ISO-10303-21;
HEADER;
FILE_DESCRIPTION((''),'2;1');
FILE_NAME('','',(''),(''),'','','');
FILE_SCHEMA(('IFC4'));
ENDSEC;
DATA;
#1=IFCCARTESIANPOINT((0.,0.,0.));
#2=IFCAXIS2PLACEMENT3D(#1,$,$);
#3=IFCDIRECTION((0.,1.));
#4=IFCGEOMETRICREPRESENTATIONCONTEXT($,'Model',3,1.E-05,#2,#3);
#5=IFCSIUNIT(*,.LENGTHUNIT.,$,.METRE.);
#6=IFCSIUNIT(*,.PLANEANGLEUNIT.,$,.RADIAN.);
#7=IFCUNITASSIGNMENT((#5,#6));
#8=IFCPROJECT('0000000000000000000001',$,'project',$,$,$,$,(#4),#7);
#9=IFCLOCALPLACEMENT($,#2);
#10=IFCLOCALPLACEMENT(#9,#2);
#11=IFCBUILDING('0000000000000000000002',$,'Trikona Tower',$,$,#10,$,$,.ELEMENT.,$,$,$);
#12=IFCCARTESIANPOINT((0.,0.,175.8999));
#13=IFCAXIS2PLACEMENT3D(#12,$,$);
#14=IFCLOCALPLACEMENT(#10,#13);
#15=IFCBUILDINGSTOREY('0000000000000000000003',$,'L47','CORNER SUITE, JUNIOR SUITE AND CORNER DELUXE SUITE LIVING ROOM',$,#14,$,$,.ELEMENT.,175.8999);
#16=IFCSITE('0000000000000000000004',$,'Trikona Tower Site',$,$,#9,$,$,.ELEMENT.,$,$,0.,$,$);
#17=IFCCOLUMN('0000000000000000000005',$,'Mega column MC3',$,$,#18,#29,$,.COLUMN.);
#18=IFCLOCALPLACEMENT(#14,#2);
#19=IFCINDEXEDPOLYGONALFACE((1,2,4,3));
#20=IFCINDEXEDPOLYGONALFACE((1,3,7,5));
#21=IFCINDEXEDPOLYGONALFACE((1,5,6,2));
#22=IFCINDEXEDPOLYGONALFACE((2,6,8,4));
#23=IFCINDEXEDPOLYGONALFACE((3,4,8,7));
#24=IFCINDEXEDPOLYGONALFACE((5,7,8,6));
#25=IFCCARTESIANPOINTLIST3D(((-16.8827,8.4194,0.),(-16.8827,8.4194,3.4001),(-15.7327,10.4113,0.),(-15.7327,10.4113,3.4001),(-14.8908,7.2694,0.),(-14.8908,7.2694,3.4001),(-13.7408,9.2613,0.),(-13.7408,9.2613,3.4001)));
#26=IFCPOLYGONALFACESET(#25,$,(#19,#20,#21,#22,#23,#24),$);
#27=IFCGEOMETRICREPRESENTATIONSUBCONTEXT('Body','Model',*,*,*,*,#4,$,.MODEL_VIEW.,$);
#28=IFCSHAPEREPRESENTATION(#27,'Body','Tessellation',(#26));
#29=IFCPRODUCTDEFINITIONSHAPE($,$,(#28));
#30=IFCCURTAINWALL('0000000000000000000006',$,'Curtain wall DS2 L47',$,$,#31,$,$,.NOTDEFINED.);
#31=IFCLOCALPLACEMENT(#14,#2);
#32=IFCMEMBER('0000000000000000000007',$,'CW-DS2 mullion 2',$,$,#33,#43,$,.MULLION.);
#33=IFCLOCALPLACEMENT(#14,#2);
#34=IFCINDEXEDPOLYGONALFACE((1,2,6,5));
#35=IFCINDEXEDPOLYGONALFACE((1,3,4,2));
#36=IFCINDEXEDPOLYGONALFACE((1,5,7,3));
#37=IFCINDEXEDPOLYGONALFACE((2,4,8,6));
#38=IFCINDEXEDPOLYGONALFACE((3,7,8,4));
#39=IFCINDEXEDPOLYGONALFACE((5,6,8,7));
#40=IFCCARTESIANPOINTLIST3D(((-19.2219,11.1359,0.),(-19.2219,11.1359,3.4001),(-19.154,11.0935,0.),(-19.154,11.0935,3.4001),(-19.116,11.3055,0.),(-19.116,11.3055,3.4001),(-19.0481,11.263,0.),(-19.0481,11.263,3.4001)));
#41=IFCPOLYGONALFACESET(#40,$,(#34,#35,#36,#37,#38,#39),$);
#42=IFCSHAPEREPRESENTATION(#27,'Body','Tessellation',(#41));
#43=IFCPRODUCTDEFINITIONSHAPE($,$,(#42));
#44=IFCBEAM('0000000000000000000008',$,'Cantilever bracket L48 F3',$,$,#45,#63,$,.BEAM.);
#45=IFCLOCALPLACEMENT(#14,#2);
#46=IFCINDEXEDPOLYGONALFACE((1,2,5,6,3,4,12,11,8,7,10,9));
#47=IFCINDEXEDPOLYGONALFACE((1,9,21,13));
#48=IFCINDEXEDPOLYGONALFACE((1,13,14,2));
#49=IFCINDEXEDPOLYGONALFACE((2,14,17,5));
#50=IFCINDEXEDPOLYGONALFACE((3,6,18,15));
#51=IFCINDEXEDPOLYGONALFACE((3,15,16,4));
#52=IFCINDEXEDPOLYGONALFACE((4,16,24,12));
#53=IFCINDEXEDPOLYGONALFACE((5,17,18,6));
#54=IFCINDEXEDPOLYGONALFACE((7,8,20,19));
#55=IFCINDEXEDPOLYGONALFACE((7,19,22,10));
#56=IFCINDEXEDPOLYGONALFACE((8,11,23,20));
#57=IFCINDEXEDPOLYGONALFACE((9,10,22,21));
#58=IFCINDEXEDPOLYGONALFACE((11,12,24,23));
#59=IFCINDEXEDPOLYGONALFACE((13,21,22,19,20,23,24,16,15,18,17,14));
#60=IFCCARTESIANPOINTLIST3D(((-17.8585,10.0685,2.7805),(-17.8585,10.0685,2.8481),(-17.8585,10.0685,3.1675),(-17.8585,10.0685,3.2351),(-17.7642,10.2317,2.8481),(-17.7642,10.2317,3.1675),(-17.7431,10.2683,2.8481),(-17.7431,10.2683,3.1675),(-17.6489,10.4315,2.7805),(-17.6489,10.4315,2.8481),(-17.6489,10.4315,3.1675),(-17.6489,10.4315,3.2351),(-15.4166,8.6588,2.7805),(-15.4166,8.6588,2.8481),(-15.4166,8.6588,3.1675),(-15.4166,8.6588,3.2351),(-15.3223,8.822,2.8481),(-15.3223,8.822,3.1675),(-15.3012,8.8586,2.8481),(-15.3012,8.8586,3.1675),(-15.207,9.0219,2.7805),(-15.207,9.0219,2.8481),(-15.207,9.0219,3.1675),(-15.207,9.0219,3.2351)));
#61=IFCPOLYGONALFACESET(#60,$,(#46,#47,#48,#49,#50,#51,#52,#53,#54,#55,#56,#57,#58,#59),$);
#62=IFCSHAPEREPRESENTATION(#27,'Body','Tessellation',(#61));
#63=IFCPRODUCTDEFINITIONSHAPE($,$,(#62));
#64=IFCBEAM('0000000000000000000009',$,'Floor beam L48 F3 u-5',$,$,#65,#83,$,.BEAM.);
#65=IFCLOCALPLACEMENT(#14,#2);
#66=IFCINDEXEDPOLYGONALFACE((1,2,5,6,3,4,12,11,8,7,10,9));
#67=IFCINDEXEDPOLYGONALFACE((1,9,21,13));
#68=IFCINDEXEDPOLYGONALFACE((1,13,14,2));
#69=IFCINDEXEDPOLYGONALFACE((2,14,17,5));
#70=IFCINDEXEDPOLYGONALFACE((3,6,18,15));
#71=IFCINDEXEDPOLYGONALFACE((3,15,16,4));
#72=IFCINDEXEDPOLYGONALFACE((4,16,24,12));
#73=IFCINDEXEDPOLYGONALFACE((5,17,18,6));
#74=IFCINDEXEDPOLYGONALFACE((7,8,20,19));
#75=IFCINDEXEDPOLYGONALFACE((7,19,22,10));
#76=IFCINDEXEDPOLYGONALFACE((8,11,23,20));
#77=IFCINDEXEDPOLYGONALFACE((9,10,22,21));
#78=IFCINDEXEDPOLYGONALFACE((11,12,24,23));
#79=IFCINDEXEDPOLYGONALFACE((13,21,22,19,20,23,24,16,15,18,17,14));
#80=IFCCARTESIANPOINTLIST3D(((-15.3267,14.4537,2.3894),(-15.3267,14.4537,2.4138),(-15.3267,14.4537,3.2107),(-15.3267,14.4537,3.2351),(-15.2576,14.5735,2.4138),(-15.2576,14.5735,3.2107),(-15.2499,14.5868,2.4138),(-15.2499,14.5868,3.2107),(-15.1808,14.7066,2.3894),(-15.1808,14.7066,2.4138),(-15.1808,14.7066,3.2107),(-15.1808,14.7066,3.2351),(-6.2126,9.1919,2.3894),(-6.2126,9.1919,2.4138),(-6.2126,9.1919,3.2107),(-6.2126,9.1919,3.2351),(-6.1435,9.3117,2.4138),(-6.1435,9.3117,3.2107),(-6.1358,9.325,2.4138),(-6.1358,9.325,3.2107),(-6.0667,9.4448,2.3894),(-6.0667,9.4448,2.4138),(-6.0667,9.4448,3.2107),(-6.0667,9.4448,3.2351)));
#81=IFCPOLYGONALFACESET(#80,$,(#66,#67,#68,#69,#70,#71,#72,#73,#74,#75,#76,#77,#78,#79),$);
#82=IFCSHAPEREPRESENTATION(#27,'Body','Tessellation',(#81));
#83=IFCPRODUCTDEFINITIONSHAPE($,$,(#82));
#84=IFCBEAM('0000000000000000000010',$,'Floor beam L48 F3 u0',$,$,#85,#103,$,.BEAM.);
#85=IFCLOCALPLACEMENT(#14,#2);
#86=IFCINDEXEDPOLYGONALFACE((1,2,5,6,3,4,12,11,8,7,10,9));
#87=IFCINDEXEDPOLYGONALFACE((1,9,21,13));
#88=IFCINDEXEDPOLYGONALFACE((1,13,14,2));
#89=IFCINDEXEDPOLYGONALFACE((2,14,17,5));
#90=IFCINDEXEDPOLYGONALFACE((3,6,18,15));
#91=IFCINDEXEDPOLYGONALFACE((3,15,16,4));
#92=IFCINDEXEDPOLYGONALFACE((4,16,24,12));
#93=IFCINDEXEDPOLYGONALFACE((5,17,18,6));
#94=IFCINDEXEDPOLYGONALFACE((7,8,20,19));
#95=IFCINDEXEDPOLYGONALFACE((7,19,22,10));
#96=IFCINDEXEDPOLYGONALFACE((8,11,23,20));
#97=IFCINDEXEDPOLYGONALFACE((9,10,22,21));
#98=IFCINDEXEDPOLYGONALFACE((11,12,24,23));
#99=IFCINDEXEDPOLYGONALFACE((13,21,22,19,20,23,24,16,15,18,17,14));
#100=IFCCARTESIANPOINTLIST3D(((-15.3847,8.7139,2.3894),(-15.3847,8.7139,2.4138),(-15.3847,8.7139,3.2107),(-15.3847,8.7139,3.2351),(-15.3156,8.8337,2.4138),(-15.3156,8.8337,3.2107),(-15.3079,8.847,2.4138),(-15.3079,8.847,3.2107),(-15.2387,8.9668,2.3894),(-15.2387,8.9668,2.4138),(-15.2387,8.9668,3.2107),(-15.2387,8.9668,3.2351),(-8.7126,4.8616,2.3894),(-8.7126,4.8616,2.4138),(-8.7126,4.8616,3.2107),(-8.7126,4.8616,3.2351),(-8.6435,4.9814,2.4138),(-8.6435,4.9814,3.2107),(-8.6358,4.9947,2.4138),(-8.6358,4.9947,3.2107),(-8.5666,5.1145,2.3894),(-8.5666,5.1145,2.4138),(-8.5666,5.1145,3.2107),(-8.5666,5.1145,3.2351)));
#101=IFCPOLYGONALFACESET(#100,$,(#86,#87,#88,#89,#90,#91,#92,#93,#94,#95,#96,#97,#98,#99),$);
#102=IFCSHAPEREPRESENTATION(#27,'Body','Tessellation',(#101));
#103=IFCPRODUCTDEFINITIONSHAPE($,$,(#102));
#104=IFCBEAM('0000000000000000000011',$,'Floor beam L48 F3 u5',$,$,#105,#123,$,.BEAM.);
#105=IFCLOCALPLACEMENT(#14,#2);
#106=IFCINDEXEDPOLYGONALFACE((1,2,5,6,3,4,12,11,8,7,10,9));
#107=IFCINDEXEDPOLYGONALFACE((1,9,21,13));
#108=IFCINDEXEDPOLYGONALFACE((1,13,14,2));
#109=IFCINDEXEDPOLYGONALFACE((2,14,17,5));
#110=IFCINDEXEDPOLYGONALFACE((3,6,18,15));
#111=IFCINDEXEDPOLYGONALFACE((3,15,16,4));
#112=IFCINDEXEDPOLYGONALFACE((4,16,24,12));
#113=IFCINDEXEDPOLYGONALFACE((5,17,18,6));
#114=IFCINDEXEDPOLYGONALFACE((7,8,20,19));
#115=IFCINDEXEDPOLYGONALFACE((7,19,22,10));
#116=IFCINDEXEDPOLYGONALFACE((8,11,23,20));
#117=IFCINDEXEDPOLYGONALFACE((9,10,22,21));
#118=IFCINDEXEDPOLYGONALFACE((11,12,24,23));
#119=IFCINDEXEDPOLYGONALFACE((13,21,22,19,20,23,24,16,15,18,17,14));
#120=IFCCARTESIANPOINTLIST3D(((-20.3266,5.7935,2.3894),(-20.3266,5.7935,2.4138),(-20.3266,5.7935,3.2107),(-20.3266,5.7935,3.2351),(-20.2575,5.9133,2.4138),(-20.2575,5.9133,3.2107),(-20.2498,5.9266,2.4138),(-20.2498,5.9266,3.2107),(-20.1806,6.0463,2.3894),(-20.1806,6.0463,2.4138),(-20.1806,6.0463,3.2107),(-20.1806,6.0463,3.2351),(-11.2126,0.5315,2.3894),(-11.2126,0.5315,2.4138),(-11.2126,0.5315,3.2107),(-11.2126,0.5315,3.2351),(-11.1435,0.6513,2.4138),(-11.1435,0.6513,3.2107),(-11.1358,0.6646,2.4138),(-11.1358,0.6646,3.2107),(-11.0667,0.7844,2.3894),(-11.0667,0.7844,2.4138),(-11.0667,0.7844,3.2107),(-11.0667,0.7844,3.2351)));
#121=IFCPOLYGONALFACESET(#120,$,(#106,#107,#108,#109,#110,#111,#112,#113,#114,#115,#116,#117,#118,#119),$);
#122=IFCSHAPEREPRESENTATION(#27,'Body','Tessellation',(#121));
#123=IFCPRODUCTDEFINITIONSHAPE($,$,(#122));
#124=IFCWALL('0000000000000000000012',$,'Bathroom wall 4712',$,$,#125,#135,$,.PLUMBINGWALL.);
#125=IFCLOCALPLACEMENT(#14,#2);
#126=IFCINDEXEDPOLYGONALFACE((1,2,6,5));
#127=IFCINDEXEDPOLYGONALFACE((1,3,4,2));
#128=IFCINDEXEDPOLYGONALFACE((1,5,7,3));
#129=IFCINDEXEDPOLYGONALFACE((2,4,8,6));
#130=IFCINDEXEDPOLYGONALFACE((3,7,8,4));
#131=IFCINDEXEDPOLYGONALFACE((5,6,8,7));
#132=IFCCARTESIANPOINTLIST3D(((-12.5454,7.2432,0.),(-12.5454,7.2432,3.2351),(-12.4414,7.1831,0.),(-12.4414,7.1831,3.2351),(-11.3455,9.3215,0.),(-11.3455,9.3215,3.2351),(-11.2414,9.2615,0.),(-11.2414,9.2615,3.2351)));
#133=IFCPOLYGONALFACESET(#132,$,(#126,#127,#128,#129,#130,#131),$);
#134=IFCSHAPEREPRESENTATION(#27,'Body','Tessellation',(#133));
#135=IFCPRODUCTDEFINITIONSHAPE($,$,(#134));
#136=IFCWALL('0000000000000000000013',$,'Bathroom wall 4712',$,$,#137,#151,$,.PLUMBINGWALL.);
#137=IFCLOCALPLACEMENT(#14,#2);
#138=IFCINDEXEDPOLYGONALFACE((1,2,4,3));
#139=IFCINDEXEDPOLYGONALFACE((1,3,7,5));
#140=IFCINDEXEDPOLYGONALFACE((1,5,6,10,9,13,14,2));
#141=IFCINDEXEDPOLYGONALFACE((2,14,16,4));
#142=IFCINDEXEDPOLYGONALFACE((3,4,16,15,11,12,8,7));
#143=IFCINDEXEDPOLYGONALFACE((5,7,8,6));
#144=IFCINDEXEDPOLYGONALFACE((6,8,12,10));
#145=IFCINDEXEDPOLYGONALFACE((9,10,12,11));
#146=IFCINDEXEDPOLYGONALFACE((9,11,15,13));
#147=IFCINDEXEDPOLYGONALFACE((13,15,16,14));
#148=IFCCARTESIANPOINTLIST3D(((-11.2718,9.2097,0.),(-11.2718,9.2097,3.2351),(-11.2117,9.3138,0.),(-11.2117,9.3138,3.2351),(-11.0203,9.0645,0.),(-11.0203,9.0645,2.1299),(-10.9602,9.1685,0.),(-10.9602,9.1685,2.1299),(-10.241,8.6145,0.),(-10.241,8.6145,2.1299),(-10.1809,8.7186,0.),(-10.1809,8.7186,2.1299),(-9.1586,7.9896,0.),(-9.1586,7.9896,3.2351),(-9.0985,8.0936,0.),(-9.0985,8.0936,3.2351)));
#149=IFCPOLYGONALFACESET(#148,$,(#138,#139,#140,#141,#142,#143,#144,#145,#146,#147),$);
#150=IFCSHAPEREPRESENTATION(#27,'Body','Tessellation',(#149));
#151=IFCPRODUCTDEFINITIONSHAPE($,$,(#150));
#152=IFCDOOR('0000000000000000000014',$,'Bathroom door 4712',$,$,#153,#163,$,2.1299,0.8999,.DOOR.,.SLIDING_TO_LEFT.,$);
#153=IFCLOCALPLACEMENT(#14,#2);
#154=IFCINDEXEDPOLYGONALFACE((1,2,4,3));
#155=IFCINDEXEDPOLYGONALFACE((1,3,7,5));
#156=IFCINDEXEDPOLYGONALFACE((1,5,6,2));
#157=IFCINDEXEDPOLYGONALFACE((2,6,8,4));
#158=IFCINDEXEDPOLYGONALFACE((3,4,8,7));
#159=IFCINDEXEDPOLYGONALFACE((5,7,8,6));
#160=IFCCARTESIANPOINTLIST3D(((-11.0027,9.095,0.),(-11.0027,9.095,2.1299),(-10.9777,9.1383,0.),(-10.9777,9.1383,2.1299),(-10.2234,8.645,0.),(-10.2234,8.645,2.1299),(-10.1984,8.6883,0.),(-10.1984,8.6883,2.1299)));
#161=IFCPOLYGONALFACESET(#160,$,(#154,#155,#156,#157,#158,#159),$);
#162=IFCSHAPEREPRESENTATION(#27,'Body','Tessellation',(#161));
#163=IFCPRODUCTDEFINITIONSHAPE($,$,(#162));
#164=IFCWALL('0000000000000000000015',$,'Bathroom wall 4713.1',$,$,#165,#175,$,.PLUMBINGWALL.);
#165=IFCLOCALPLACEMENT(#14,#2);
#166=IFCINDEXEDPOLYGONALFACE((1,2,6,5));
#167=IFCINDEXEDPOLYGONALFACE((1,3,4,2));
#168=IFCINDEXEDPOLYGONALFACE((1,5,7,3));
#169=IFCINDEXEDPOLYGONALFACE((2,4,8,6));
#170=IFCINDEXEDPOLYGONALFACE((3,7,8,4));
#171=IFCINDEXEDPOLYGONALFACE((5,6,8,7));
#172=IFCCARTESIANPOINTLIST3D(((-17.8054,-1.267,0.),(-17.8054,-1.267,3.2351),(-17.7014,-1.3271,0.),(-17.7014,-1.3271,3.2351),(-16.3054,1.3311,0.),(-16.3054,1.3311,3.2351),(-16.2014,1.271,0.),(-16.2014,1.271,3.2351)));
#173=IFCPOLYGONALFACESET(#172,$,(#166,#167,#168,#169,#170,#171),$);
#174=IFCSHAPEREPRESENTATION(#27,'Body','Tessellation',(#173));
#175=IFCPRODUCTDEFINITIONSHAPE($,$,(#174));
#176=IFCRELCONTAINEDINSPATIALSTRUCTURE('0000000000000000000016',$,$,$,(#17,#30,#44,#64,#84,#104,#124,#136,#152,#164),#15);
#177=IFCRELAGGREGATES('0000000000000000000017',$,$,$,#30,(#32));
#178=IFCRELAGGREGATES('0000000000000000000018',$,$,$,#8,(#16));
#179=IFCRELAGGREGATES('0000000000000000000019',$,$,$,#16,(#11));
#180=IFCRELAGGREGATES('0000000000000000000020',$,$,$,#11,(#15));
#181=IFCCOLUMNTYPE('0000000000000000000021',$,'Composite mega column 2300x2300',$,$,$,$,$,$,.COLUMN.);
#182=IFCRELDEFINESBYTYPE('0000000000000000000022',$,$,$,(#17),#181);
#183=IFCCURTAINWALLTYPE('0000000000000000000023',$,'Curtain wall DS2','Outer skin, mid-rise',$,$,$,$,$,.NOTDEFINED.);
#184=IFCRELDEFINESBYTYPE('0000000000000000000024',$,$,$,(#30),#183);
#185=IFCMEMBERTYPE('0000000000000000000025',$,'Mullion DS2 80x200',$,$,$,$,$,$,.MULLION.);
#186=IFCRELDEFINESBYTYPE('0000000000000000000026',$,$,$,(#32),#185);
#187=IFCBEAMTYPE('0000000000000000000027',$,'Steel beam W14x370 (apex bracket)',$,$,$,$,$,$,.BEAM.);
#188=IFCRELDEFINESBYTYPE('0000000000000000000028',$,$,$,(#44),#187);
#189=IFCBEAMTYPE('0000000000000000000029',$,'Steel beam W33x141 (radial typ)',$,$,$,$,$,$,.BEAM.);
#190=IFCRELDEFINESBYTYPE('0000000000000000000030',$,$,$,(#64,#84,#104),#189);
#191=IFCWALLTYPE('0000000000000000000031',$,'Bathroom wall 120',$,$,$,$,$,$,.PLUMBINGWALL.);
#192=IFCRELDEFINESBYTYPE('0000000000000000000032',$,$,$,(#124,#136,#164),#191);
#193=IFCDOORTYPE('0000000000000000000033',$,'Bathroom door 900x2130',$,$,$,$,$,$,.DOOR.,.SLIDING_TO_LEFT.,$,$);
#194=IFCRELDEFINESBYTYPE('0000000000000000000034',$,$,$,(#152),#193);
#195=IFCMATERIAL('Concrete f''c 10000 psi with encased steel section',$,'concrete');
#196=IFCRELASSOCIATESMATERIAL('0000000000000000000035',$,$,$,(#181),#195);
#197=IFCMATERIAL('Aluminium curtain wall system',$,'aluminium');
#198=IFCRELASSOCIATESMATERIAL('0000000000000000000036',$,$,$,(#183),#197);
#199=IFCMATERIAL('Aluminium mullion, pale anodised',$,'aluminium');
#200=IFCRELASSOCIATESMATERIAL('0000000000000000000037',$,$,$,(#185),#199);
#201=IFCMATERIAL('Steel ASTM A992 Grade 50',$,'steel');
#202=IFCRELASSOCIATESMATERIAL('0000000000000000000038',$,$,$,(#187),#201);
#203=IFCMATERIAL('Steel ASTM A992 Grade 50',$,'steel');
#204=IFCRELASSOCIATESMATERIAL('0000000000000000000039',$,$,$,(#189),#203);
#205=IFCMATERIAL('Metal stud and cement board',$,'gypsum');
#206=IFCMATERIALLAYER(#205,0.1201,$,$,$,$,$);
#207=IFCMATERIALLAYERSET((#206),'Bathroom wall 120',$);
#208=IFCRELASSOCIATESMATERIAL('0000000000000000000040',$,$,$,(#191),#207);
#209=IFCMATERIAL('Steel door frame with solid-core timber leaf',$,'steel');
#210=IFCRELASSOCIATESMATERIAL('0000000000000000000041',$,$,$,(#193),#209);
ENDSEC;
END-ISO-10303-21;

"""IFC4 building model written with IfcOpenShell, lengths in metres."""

from ifc_helpers import new_model, si_unit, direction, frame, frame_2d, origin, origin_2d, place, context, subcontext, project, spatial, rectangle, i_section, extrude, material, layer, layer_set, material_profile, profile_set, type_object, element, fill, aggregate, save


model = new_model("IFC4")

# Units and contexts
model_context = context("Model", 3, precision=1e-05, world=origin(), true_north=direction((0.0, 1.0)))
body_context = subcontext(model_context, "Body", "Model", "MODEL_VIEW")
ifc_project = project(units=[si_unit("LENGTHUNIT", "METRE"), si_unit("PLANEANGLEUNIT", "RADIAN")], contexts=[model_context])

# Site, building, storey
site_placement = place(None, origin())
site = spatial("IfcSite", under=ifc_project, at=site_placement, Name="Trikona Tower Site", CompositionType="ELEMENT", RefElevation=0.0)
building_placement = place(site_placement, origin())
building = spatial("IfcBuilding", under=site, at=building_placement, Name="Trikona Tower", CompositionType="ELEMENT")
storey_placement = place(building_placement, frame((0.0, 0.0, 175.8999)))
storey = spatial("IfcBuildingStorey", under=building, at=storey_placement, Name="L47", Description="CORNER SUITE, JUNIOR SUITE AND CORNER DELUXE SUITE LIVING ROOM", CompositionType="ELEMENT", Elevation=175.8999)

# Column
ifc_material_1 = material(Name="Concrete f'c 10000 psi with encased steel section", Category="concrete")
ifc_material_profile_1 = material_profile(ifc_material_1, rectangle(XDim=2.3, YDim=2.3, at=origin_2d()), Name="MC2300")
ifc_profile_set_1 = profile_set([ifc_material_profile_1], Name="Concrete f'c 10000 psi with encased steel section")
column_type = type_object("IfcColumnType", Name="Composite mega column 2300x2300", PredefinedType="COLUMN", material=ifc_profile_set_1)
column_placement = place(storey_placement, frame((-15.3118, 8.8403, 0.0), z_axis=(0.0, 0.0, 1.0), x_axis=(-0.866025, 0.5, 0.0)))
element("IfcColumn", 1, at=column_placement, inside=storey, type_object=column_type, Name="Mega column MC3", PredefinedType="COLUMN", context=body_context, shape_type="SweptSolid", body=[
    extrude(rectangle(XDim=2.3, YDim=2.3, at=origin_2d()), origin(), (0.0, 0.0, 1.0), 3.4001),
])

# Curtain wall, member
ifc_material_2 = material(Name="Aluminium curtain wall system", Category="aluminium")
curtain_wall_type = type_object("IfcCurtainWallType", Name="Curtain wall DS2", Description="Outer skin, mid-rise", PredefinedType="NOTDEFINED", material=ifc_material_2)
curtain_wall_placement = place(storey_placement, origin())
curtain_wall = element("IfcCurtainWall", 2, at=curtain_wall_placement, inside=storey, type_object=curtain_wall_type, Name="Curtain wall DS2 L47", PredefinedType="NOTDEFINED")
ifc_material_3 = material(Name="Aluminium mullion, pale anodised", Category="aluminium")
ifc_material_profile_2 = material_profile(ifc_material_3, rectangle(XDim=0.0801, YDim=0.2, at=origin_2d()), Name="MUL-DS2")
ifc_profile_set_2 = profile_set([ifc_material_profile_2], Name="Aluminium mullion, pale anodised")
member_type = type_object("IfcMemberType", Name="Mullion DS2 80x200", PredefinedType="MULLION", material=ifc_profile_set_2)
member_placement = place(storey_placement, frame((-19.135, 11.1995, 0.0), z_axis=(0.0, 0.0, 1.0), x_axis=(0.847998, -0.529999, 0.0)))
member = element("IfcMember", 3, at=member_placement, type_object=member_type, Name="CW-DS2 mullion 2", PredefinedType="MULLION", context=body_context, shape_type="SweptSolid", body=[
    extrude(rectangle(XDim=0.0801, YDim=0.2, at=origin_2d()), origin(), (0.0, 0.0, 1.0), 3.4001),
])
aggregate(curtain_wall, [member])

# Beams
ifc_material_4 = material(Name="Steel ASTM A992 Grade 50", Category="steel")
ifc_material_profile_3 = material_profile(ifc_material_4, i_section(OverallWidth=0.4192, OverallDepth=0.4546, WebThickness=0.0422, FlangeThickness=0.0676, at=origin_2d()), Name="W14X370")
ifc_profile_set_3 = profile_set([ifc_material_profile_3], Name="Steel ASTM A992 Grade 50")
beam_type_1 = type_object("IfcBeamType", Name="Steel beam W14x370 (apex bracket)", PredefinedType="BEAM", material=ifc_profile_set_3)
beam_1_placement = place(storey_placement, frame((-15.3118, 8.8403, 3.0078), z_axis=(-0.86605, 0.499957, 0.0), x_axis=(-0.499957, -0.86605, 0.0)))
element("IfcBeam", 4, at=beam_1_placement, inside=storey, type_object=beam_type_1, Name="Cantilever bracket L48 F3", PredefinedType="BEAM", context=body_context, shape_type="SweptSolid", body=[
    extrude(i_section(OverallWidth=0.4192, OverallDepth=0.4546, WebThickness=0.0422, FlangeThickness=0.0676, at=origin_2d()), origin(), (0.0, 0.0, 1.0), 2.8196),
])
ifc_material_5 = material(Name="Steel ASTM A992 Grade 50", Category="steel")
ifc_material_profile_4 = material_profile(ifc_material_5, i_section(OverallWidth=0.292, OverallDepth=0.8457, WebThickness=0.0154, FlangeThickness=0.0244, at=origin_2d()), Name="W33X141")
ifc_profile_set_4 = profile_set([ifc_material_profile_4], Name="Steel ASTM A992 Grade 50")
beam_type_2 = type_object("IfcBeamType", Name="Steel beam W33x141 (radial typ)", PredefinedType="BEAM", material=ifc_profile_set_4)
beam_2_placement = place(storey_placement, frame((-6.1396, 9.3184, 2.8123), z_axis=(-0.866036, 0.499982, 0.0), x_axis=(-0.499982, -0.866036, 0.0)))
element("IfcBeam", 5, at=beam_2_placement, inside=storey, type_object=beam_type_2, Name="Floor beam L48 F3 u-5", PredefinedType="BEAM", context=body_context, shape_type="SweptSolid", body=[
    extrude(i_section(OverallWidth=0.292, OverallDepth=0.8457, WebThickness=0.0154, FlangeThickness=0.0244, at=origin_2d()), origin(), (0.0, 0.0, 1.0), 10.5239),
])
beam_3_placement = place(storey_placement, frame((-8.6396, 4.988, 2.8123), z_axis=(-0.866017, 0.500014, 0.0), x_axis=(-0.500014, -0.866017, 0.0)))
element("IfcBeam", 6, at=beam_3_placement, inside=storey, type_object=beam_type_2, Name="Floor beam L48 F3 u0", PredefinedType="BEAM", context=body_context, shape_type="SweptSolid", body=[
    extrude(i_section(OverallWidth=0.292, OverallDepth=0.8457, WebThickness=0.0154, FlangeThickness=0.0244, at=origin_2d()), origin(), (0.0, 0.0, 1.0), 7.7043),
])
beam_4_placement = place(storey_placement, frame((-11.1396, 0.658, 2.8123), z_axis=(-0.866026, 0.499999, 0.0), x_axis=(-0.499999, -0.866026, 0.0)))
element("IfcBeam", 7, at=beam_4_placement, inside=storey, type_object=beam_type_2, Name="Floor beam L48 F3 u5", PredefinedType="BEAM", context=body_context, shape_type="SweptSolid", body=[
    extrude(i_section(OverallWidth=0.292, OverallDepth=0.8457, WebThickness=0.0154, FlangeThickness=0.0244, at=origin_2d()), origin(), (0.0, 0.0, 1.0), 10.5239),
])

# Wall
ifc_material_6 = material(Name="Metal stud and cement board", Category="gypsum")
ifc_layer_1 = layer(ifc_material_6, 0.1201)
ifc_layer_set_1 = layer_set([ifc_layer_1], Name="Bathroom wall 120")
wall_type_1 = type_object("IfcWallType", Name="Bathroom wall 120", PredefinedType="PLUMBINGWALL", material=ifc_layer_set_1)
wall_1_placement = place(storey_placement, frame((-11.2935, 9.2915, 0.0), z_axis=(0.0, 0.0, 1.0), x_axis=(-0.500001, -0.866025, 0.0)))
element("IfcWall", 8, at=wall_1_placement, inside=storey, type_object=wall_type_1, Name="Bathroom wall 4712", PredefinedType="PLUMBINGWALL", context=body_context, shape_type="SweptSolid", body=[
    extrude(rectangle(XDim=2.3999, YDim=0.1201, at=frame_2d((1.2, 0.0))), origin(), (0.0, 0.0, 1.0), 3.2351),
])

# Wall, opening, door
wall_2_placement = place(storey_placement, frame((-9.1284, 8.0415, 0.0), z_axis=(0.0, 0.0, 1.0), x_axis=(-0.866006, 0.500034, 0.0)))
wall_2 = element("IfcWall", 9, at=wall_2_placement, inside=storey, type_object=wall_type_1, Name="Bathroom wall 4712", PredefinedType="PLUMBINGWALL", context=body_context, shape_type="SweptSolid", body=[
    extrude(rectangle(XDim=2.4402, YDim=0.1201, at=frame_2d((1.2202, 0.0))), origin(), (0.0, 0.0, 1.0), 3.2351),
])
opening_1_placement = place(wall_2_placement, frame((1.25, 0.0, 0.0)))
opening_1 = element("IfcOpeningElement", 10, at=opening_1_placement, cuts=wall_2, PredefinedType="OPENING", context=body_context, shape_type="SweptSolid", body=[
    extrude(rectangle(XDim=0.8999, YDim=2.1299, at=frame_2d((0.45, 1.0649))), frame((0.0, 0.0701, 0.0), z_axis=(0.0, -1.0, 0.0), x_axis=(1.0, 0.0, 0.0)), (0.0, 0.0, 1.0), 0.1401),
])
ifc_material_7 = material(Name="Steel door frame with solid-core timber leaf", Category="steel")
door_type_1 = type_object("IfcDoorType", Name="Bathroom door 900x2130", OperationType="SLIDING_TO_LEFT", PredefinedType="DOOR", material=ifc_material_7)
door_1_placement = place(opening_1_placement, origin())
door_1 = element("IfcDoor", 11, at=door_1_placement, inside=storey, type_object=door_type_1, Name="Bathroom door 4712", OperationType="SLIDING_TO_LEFT", OverallHeight=2.1299, OverallWidth=0.8999, PredefinedType="DOOR", context=body_context, shape_type="SweptSolid", body=[
    extrude(rectangle(XDim=0.8999, YDim=2.1299, at=frame_2d((0.45, 1.0649))), frame((0.0, 0.0249, 0.0), z_axis=(0.0, -1.0, 0.0), x_axis=(1.0, 0.0, 0.0)), (0.0, 0.0, 1.0), 0.05),
])
fill(opening_1, door_1)

# Wall
wall_3_placement = place(storey_placement, frame((-16.2534, 1.301, 0.0), z_axis=(0.0, 0.0, 1.0), x_axis=(-0.49999, -0.866031, 0.0)))
element("IfcWall", 12, at=wall_3_placement, inside=storey, type_object=wall_type_1, Name="Bathroom wall 4713.1", PredefinedType="PLUMBINGWALL", context=body_context, shape_type="SweptSolid", body=[
    extrude(rectangle(XDim=3.0, YDim=0.1201, at=frame_2d((1.5, 0.0))), origin(), (0.0, 0.0, 1.0), 3.2351),
])

save(model, "model.ifc")
